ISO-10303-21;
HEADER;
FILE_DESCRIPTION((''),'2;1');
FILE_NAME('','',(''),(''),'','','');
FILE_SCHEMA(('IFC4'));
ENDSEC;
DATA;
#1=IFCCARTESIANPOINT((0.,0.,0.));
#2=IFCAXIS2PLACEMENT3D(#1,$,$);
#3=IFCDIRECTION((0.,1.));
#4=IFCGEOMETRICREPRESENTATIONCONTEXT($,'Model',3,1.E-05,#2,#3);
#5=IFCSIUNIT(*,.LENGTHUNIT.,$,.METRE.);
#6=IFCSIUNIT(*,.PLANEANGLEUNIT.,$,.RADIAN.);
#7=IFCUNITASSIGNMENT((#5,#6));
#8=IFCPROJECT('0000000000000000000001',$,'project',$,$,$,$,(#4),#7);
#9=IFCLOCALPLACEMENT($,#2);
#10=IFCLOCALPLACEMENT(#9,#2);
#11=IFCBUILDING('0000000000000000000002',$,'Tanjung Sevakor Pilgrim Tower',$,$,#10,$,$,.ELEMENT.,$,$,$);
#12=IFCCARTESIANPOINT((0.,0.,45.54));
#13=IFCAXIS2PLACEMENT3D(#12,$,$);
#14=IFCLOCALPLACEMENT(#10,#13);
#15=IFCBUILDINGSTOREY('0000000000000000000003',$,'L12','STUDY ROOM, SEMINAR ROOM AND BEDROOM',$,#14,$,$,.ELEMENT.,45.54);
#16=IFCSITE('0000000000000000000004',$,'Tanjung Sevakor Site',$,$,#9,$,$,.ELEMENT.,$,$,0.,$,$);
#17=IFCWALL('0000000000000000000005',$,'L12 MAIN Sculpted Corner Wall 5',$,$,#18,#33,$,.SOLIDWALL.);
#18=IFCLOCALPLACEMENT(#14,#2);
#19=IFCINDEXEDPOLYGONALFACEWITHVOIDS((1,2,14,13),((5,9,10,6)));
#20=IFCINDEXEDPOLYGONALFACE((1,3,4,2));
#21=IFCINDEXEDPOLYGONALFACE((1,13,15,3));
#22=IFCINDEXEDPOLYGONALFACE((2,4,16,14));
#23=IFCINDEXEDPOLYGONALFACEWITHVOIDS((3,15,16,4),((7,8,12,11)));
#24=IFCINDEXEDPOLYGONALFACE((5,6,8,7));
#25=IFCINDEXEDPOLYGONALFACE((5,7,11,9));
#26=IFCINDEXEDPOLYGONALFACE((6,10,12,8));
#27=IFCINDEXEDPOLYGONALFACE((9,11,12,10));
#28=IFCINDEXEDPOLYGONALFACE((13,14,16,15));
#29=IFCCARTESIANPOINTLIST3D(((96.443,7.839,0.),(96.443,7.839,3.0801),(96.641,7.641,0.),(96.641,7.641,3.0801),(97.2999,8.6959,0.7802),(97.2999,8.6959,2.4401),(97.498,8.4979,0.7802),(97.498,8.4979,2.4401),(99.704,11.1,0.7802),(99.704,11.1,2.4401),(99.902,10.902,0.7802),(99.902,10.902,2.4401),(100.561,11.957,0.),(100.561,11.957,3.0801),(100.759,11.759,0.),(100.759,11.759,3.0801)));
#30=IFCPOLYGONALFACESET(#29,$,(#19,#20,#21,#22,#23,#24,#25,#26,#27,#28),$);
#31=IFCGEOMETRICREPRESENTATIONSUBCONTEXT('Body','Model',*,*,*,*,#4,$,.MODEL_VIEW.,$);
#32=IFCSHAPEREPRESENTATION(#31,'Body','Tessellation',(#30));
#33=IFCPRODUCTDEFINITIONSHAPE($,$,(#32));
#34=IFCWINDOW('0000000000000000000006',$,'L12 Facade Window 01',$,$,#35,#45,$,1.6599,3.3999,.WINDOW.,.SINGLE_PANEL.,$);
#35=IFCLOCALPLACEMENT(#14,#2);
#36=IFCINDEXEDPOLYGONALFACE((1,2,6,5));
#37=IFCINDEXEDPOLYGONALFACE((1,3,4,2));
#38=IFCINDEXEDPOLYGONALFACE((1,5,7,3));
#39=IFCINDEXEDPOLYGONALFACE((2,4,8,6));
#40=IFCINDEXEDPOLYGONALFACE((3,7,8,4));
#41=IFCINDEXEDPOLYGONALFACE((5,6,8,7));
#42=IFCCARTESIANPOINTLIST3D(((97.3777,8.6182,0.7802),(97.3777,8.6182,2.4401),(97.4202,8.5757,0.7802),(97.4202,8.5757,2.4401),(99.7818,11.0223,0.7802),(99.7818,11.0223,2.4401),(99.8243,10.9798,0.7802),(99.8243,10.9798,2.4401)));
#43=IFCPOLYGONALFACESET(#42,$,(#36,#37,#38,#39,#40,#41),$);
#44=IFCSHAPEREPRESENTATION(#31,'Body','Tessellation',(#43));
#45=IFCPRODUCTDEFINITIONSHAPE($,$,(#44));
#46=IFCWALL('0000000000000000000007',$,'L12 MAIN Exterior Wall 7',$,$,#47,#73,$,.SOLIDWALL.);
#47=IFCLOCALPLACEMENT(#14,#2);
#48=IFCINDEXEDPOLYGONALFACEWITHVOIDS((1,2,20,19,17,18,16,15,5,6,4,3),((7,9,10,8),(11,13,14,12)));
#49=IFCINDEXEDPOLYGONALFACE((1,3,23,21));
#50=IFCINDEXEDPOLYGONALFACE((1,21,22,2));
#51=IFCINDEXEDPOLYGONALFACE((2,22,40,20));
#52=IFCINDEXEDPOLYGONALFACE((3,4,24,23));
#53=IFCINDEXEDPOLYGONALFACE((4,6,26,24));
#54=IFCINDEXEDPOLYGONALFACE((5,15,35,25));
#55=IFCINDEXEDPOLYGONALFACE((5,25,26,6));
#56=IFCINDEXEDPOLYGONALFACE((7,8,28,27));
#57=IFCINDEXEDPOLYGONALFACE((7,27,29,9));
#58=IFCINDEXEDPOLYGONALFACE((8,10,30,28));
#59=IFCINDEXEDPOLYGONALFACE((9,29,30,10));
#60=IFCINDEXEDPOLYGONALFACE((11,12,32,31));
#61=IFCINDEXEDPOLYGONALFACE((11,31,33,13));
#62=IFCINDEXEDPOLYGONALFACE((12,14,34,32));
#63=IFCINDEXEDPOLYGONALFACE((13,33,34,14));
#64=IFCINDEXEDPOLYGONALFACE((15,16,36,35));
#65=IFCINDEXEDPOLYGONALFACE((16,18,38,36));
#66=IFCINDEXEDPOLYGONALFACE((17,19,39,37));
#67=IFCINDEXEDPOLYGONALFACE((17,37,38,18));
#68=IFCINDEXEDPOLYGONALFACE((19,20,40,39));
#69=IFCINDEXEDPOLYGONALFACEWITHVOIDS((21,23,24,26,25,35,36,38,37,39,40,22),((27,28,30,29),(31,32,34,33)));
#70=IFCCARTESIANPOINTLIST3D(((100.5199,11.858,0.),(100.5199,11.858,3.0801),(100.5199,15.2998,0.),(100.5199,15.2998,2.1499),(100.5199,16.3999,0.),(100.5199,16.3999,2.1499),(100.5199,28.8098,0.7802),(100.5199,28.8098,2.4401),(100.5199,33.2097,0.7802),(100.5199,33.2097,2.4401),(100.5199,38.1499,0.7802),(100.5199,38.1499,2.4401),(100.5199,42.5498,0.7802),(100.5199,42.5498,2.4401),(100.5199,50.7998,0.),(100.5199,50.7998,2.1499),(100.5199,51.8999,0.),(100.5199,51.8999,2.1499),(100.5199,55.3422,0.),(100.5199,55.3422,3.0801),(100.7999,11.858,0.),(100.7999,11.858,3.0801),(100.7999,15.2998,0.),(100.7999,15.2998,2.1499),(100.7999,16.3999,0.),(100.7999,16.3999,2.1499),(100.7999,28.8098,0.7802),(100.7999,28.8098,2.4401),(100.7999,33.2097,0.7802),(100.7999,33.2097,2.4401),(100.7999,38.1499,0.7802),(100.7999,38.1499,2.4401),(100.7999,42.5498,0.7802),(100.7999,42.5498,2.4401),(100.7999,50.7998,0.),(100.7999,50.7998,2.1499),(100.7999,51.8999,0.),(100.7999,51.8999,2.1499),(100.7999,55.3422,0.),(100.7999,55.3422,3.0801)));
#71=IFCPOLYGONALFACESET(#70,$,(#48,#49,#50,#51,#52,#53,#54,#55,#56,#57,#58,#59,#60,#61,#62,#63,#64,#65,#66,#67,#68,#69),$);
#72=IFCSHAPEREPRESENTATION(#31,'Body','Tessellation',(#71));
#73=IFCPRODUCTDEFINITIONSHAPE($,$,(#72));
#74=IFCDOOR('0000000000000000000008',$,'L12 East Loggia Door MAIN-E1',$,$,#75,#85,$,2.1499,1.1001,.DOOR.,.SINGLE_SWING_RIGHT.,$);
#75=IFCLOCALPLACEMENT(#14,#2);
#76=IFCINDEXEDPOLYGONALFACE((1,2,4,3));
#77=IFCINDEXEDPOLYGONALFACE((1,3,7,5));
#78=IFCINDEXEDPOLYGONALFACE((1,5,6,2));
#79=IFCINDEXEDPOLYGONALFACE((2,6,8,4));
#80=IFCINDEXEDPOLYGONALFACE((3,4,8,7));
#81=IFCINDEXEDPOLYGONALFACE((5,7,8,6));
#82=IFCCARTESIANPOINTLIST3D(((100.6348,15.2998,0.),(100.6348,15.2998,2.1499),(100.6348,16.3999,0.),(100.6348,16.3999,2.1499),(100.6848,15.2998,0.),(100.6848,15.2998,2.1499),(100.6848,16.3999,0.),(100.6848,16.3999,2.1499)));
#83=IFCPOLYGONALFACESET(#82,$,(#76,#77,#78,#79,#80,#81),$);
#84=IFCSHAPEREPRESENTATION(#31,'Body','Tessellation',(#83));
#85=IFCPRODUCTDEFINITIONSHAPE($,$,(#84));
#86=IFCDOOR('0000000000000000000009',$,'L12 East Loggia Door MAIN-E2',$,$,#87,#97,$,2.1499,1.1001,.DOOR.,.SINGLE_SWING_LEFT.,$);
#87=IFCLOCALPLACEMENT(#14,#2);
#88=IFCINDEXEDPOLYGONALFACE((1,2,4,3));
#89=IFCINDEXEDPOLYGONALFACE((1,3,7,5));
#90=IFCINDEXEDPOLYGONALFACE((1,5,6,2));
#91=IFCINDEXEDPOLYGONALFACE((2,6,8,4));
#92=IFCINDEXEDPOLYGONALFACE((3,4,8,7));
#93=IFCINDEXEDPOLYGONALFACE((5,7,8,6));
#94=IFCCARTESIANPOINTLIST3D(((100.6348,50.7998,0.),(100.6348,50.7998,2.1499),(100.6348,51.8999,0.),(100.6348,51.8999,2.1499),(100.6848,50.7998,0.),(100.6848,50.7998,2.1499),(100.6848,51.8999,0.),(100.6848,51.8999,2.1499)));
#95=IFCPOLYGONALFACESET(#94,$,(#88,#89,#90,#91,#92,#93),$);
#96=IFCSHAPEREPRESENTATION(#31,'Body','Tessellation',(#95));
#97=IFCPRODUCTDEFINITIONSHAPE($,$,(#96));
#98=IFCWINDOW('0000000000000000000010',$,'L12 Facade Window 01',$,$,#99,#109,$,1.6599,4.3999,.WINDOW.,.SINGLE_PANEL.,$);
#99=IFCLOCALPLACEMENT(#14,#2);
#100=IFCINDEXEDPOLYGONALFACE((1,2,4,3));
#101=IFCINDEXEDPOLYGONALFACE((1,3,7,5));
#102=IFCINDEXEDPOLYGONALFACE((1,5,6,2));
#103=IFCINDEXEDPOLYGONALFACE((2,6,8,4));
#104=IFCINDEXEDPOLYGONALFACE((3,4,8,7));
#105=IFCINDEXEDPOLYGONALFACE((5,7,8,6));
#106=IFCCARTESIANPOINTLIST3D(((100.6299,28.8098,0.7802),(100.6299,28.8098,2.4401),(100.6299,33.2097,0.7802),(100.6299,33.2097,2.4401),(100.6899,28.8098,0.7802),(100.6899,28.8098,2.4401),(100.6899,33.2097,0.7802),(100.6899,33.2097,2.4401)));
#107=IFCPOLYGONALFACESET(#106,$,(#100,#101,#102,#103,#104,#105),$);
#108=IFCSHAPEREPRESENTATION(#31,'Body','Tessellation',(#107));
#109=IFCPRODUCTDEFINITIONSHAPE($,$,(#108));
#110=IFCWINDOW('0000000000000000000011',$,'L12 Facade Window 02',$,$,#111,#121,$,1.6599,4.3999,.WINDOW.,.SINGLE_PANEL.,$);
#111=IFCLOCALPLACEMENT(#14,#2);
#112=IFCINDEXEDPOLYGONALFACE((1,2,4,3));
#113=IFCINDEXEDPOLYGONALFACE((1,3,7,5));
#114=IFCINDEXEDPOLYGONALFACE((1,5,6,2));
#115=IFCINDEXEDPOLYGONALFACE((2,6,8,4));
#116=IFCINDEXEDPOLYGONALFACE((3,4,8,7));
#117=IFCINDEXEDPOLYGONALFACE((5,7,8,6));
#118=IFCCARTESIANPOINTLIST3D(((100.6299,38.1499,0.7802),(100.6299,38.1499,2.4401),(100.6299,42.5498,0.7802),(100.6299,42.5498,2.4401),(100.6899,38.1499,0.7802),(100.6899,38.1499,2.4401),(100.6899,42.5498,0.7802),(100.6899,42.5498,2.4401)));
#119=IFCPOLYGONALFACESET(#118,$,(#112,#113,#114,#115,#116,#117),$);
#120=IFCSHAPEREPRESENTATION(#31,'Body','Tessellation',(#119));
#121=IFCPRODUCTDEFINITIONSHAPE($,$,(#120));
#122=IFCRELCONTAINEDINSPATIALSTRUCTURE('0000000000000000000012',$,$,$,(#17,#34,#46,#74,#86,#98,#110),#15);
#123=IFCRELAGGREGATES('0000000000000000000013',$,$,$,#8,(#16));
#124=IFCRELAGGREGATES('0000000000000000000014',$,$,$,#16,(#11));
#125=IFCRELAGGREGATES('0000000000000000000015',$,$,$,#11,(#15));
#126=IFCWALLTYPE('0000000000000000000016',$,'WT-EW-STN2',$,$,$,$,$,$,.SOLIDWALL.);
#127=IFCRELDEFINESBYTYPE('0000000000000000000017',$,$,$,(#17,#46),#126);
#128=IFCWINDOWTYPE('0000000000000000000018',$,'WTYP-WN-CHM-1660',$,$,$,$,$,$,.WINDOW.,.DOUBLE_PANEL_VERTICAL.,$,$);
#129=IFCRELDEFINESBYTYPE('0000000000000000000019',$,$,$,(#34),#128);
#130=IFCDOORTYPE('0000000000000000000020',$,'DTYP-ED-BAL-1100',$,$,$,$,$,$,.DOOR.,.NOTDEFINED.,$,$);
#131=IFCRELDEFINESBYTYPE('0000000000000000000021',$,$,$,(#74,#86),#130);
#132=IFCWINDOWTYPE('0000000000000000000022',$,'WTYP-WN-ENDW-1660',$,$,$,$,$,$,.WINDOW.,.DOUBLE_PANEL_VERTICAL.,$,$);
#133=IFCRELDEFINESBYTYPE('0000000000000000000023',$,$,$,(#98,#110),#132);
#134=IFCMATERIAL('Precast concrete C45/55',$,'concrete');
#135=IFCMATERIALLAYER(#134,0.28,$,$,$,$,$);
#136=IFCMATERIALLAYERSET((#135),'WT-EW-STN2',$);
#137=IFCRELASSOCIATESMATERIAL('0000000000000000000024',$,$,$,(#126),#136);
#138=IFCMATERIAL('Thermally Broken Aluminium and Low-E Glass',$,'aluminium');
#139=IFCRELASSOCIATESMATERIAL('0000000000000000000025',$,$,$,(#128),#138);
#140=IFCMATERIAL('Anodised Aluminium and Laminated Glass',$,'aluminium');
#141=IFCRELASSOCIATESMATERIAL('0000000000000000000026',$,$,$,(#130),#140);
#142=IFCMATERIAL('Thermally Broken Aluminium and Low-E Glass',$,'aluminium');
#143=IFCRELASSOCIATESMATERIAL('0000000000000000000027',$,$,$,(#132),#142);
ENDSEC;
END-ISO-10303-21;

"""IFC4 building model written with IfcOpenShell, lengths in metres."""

from ifc_helpers import new_model, si_unit, direction, frame, frame_2d, origin, place, context, subcontext, project, spatial, rectangle, extrude, material, layer, layer_set, type_object, element, fill, save


model = new_model("IFC4")

# Units and contexts
model_context = context("Model", 3, precision=1e-05, world=origin(), true_north=direction((0.0, 1.0)))
body_context = subcontext(model_context, "Body", "Model", "MODEL_VIEW")
ifc_project = project(units=[si_unit("LENGTHUNIT", "METRE"), si_unit("PLANEANGLEUNIT", "RADIAN")], contexts=[model_context])

# Site, building, storey
site_placement = place(None, origin())
site = spatial("IfcSite", under=ifc_project, at=site_placement, Name="Tanjung Sevakor Site", CompositionType="ELEMENT", RefElevation=0.0)
building_placement = place(site_placement, origin())
building = spatial("IfcBuilding", under=site, at=building_placement, Name="Tanjung Sevakor Pilgrim Tower", CompositionType="ELEMENT")
storey_placement = place(building_placement, frame((0.0, 0.0, 45.54)))
storey = spatial("IfcBuildingStorey", under=building, at=storey_placement, Name="L12", Description="STUDY ROOM, SEMINAR ROOM AND BEDROOM", CompositionType="ELEMENT", Elevation=45.54)

# Wall, opening, window
ifc_material_1 = material(Name="Precast concrete C45/55", Category="concrete")
ifc_layer_1 = layer(ifc_material_1, 0.28)
ifc_layer_set_1 = layer_set([ifc_layer_1], Name="WT-EW-STN2")
wall_type_1 = type_object("IfcWallType", Name="WT-EW-STN2", PredefinedType="SOLIDWALL", material=ifc_layer_set_1)
wall_1_placement = place(storey_placement, frame((96.542, 7.74, 0.0), z_axis=(0.0, 0.0, 1.0), x_axis=(0.707107, 0.707107, 0.0)))
wall_1 = element("IfcWall", 1, at=wall_1_placement, inside=storey, type_object=wall_type_1, Name="L12 MAIN Sculpted Corner Wall 5", PredefinedType="SOLIDWALL", context=body_context, shape_type="SweptSolid", body=[
    extrude(rectangle(XDim=5.8237, YDim=0.28, at=frame_2d((2.9119, 0.0))), origin(), (0.0, 0.0, 1.0), 3.0801),
])
opening_1_placement = place(wall_1_placement, frame((1.2119, 0.0, 0.78)))
opening_1 = element("IfcOpeningElement", 2, at=opening_1_placement, cuts=wall_1, PredefinedType="OPENING", context=body_context, shape_type="SweptSolid", body=[
    extrude(rectangle(XDim=3.3999, YDim=1.6599, at=frame_2d((1.7, 0.8301))), frame((0.0, 0.1499, 0.0), z_axis=(0.0, -1.0, 0.0), x_axis=(1.0, 0.0, 0.0)), (0.0, 0.0, 1.0), 0.3),
])
ifc_material_2 = material(Name="Thermally Broken Aluminium and Low-E Glass", Category="aluminium")
window_type_1 = type_object("IfcWindowType", Name="WTYP-WN-CHM-1660", PartitioningType="DOUBLE_PANEL_VERTICAL", PredefinedType="WINDOW", material=ifc_material_2)
window_1_placement = place(opening_1_placement, origin())
window_1 = element("IfcWindow", 3, at=window_1_placement, inside=storey, type_object=window_type_1, Name="L12 Facade Window 01", OverallHeight=1.6599, OverallWidth=3.3999, PartitioningType="SINGLE_PANEL", PredefinedType="WINDOW", context=body_context, shape_type="SweptSolid", body=[
    extrude(rectangle(XDim=3.3999, YDim=1.6599, at=frame_2d((1.7, 0.8301))), frame((0.0, 0.03, 0.0), z_axis=(0.0, -1.0, 0.0), x_axis=(1.0, 0.0, 0.0)), (0.0, 0.0, 1.0), 0.0601),
])
fill(opening_1, window_1)

# Wall, openings, doors, windows
wall_2_placement = place(storey_placement, frame((100.6599, 11.8579, 0.0), z_axis=(0.0, 0.0, 1.0), x_axis=(0.0, 1.0, 0.0)))
wall_2 = element("IfcWall", 4, at=wall_2_placement, inside=storey, type_object=wall_type_1, Name="L12 MAIN Exterior Wall 7", PredefinedType="SOLIDWALL", context=body_context, shape_type="SweptSolid", body=[
    extrude(rectangle(XDim=43.4841, YDim=0.28, at=frame_2d((21.7422, 0.0))), origin(), (0.0, 0.0, 1.0), 3.0801),
])
opening_2_placement = place(wall_2_placement, frame((3.4419, 0.0, 0.0)))
opening_2 = element("IfcOpeningElement", 5, at=opening_2_placement, cuts=wall_2, PredefinedType="OPENING", context=body_context, shape_type="SweptSolid", body=[
    extrude(rectangle(XDim=1.1001, YDim=2.1499, at=frame_2d((0.55, 1.075))), frame((0.0, 0.1499, 0.0), z_axis=(0.0, -1.0, 0.0), x_axis=(1.0, 0.0, 0.0)), (0.0, 0.0, 1.0), 0.3),
])
opening_3_placement = place(wall_2_placement, frame((38.9419, 0.0, 0.0)))
opening_3 = element("IfcOpeningElement", 6, at=opening_3_placement, cuts=wall_2, PredefinedType="OPENING", context=body_context, shape_type="SweptSolid", body=[
    extrude(rectangle(XDim=1.1001, YDim=2.1499, at=frame_2d((0.55, 1.075))), frame((0.0, 0.1499, 0.0), z_axis=(0.0, -1.0, 0.0), x_axis=(1.0, 0.0, 0.0)), (0.0, 0.0, 1.0), 0.3),
])
opening_4_placement = place(wall_2_placement, frame((16.9519, 0.0, 0.78)))
opening_4 = element("IfcOpeningElement", 7, at=opening_4_placement, cuts=wall_2, PredefinedType="OPENING", context=body_context, shape_type="SweptSolid", body=[
    extrude(rectangle(XDim=4.3999, YDim=1.6599, at=frame_2d((2.2, 0.8301))), frame((0.0, 0.1499, 0.0), z_axis=(0.0, -1.0, 0.0), x_axis=(1.0, 0.0, 0.0)), (0.0, 0.0, 1.0), 0.3),
])
opening_5_placement = place(wall_2_placement, frame((26.292, 0.0, 0.78)))
opening_5 = element("IfcOpeningElement", 8, at=opening_5_placement, cuts=wall_2, PredefinedType="OPENING", context=body_context, shape_type="SweptSolid", body=[
    extrude(rectangle(XDim=4.3999, YDim=1.6599, at=frame_2d((2.2, 0.8301))), frame((0.0, 0.1499, 0.0), z_axis=(0.0, -1.0, 0.0), x_axis=(1.0, 0.0, 0.0)), (0.0, 0.0, 1.0), 0.3),
])
ifc_material_3 = material(Name="Anodised Aluminium and Laminated Glass", Category="aluminium")
door_type_1 = type_object("IfcDoorType", Name="DTYP-ED-BAL-1100", OperationType="NOTDEFINED", PredefinedType="DOOR", material=ifc_material_3)
door_1_placement = place(opening_2_placement, frame((1.1001, 0.0, 0.0), z_axis=(0.0, 0.0, 1.0), x_axis=(-1.0, 0.0, 0.0)))
door_1 = element("IfcDoor", 9, at=door_1_placement, inside=storey, type_object=door_type_1, Name="L12 East Loggia Door MAIN-E1", OperationType="SINGLE_SWING_RIGHT", OverallHeight=2.1499, OverallWidth=1.1001, PredefinedType="DOOR", context=body_context, shape_type="SweptSolid", body=[
    extrude(rectangle(XDim=1.1001, YDim=2.1499, at=frame_2d((0.55, 1.075))), frame((0.0, 0.0249, 0.0), z_axis=(0.0, -1.0, 0.0), x_axis=(1.0, 0.0, 0.0)), (0.0, 0.0, 1.0), 0.05),
])
fill(opening_2, door_1)
door_2_placement = place(opening_3_placement, frame((1.1001, 0.0, 0.0), z_axis=(0.0, 0.0, 1.0), x_axis=(-1.0, 0.0, 0.0)))
door_2 = element("IfcDoor", 10, at=door_2_placement, inside=storey, type_object=door_type_1, Name="L12 East Loggia Door MAIN-E2", OperationType="SINGLE_SWING_LEFT", OverallHeight=2.1499, OverallWidth=1.1001, PredefinedType="DOOR", context=body_context, shape_type="SweptSolid", body=[
    extrude(rectangle(XDim=1.1001, YDim=2.1499, at=frame_2d((0.55, 1.075))), frame((0.0, 0.0249, 0.0), z_axis=(0.0, -1.0, 0.0), x_axis=(1.0, 0.0, 0.0)), (0.0, 0.0, 1.0), 0.05),
])
fill(opening_3, door_2)
ifc_material_4 = material(Name="Thermally Broken Aluminium and Low-E Glass", Category="aluminium")
window_type_2 = type_object("IfcWindowType", Name="WTYP-WN-ENDW-1660", PartitioningType="DOUBLE_PANEL_VERTICAL", PredefinedType="WINDOW", material=ifc_material_4)
window_2_placement = place(opening_4_placement, origin())
window_2 = element("IfcWindow", 11, at=window_2_placement, inside=storey, type_object=window_type_2, Name="L12 Facade Window 01", OverallHeight=1.6599, OverallWidth=4.3999, PartitioningType="SINGLE_PANEL", PredefinedType="WINDOW", context=body_context, shape_type="SweptSolid", body=[
    extrude(rectangle(XDim=4.3999, YDim=1.6599, at=frame_2d((2.2, 0.8301))), frame((0.0, 0.03, 0.0), z_axis=(0.0, -1.0, 0.0), x_axis=(1.0, 0.0, 0.0)), (0.0, 0.0, 1.0), 0.0601),
])
fill(opening_4, window_2)
window_3_placement = place(opening_5_placement, origin())
window_3 = element("IfcWindow", 12, at=window_3_placement, inside=storey, type_object=window_type_2, Name="L12 Facade Window 02", OverallHeight=1.6599, OverallWidth=4.3999, PartitioningType="SINGLE_PANEL", PredefinedType="WINDOW", context=body_context, shape_type="SweptSolid", body=[
    extrude(rectangle(XDim=4.3999, YDim=1.6599, at=frame_2d((2.2, 0.8301))), frame((0.0, 0.03, 0.0), z_axis=(0.0, -1.0, 0.0), x_axis=(1.0, 0.0, 0.0)), (0.0, 0.0, 1.0), 0.0601),
])
fill(opening_5, window_3)

save(model, "model.ifc")
